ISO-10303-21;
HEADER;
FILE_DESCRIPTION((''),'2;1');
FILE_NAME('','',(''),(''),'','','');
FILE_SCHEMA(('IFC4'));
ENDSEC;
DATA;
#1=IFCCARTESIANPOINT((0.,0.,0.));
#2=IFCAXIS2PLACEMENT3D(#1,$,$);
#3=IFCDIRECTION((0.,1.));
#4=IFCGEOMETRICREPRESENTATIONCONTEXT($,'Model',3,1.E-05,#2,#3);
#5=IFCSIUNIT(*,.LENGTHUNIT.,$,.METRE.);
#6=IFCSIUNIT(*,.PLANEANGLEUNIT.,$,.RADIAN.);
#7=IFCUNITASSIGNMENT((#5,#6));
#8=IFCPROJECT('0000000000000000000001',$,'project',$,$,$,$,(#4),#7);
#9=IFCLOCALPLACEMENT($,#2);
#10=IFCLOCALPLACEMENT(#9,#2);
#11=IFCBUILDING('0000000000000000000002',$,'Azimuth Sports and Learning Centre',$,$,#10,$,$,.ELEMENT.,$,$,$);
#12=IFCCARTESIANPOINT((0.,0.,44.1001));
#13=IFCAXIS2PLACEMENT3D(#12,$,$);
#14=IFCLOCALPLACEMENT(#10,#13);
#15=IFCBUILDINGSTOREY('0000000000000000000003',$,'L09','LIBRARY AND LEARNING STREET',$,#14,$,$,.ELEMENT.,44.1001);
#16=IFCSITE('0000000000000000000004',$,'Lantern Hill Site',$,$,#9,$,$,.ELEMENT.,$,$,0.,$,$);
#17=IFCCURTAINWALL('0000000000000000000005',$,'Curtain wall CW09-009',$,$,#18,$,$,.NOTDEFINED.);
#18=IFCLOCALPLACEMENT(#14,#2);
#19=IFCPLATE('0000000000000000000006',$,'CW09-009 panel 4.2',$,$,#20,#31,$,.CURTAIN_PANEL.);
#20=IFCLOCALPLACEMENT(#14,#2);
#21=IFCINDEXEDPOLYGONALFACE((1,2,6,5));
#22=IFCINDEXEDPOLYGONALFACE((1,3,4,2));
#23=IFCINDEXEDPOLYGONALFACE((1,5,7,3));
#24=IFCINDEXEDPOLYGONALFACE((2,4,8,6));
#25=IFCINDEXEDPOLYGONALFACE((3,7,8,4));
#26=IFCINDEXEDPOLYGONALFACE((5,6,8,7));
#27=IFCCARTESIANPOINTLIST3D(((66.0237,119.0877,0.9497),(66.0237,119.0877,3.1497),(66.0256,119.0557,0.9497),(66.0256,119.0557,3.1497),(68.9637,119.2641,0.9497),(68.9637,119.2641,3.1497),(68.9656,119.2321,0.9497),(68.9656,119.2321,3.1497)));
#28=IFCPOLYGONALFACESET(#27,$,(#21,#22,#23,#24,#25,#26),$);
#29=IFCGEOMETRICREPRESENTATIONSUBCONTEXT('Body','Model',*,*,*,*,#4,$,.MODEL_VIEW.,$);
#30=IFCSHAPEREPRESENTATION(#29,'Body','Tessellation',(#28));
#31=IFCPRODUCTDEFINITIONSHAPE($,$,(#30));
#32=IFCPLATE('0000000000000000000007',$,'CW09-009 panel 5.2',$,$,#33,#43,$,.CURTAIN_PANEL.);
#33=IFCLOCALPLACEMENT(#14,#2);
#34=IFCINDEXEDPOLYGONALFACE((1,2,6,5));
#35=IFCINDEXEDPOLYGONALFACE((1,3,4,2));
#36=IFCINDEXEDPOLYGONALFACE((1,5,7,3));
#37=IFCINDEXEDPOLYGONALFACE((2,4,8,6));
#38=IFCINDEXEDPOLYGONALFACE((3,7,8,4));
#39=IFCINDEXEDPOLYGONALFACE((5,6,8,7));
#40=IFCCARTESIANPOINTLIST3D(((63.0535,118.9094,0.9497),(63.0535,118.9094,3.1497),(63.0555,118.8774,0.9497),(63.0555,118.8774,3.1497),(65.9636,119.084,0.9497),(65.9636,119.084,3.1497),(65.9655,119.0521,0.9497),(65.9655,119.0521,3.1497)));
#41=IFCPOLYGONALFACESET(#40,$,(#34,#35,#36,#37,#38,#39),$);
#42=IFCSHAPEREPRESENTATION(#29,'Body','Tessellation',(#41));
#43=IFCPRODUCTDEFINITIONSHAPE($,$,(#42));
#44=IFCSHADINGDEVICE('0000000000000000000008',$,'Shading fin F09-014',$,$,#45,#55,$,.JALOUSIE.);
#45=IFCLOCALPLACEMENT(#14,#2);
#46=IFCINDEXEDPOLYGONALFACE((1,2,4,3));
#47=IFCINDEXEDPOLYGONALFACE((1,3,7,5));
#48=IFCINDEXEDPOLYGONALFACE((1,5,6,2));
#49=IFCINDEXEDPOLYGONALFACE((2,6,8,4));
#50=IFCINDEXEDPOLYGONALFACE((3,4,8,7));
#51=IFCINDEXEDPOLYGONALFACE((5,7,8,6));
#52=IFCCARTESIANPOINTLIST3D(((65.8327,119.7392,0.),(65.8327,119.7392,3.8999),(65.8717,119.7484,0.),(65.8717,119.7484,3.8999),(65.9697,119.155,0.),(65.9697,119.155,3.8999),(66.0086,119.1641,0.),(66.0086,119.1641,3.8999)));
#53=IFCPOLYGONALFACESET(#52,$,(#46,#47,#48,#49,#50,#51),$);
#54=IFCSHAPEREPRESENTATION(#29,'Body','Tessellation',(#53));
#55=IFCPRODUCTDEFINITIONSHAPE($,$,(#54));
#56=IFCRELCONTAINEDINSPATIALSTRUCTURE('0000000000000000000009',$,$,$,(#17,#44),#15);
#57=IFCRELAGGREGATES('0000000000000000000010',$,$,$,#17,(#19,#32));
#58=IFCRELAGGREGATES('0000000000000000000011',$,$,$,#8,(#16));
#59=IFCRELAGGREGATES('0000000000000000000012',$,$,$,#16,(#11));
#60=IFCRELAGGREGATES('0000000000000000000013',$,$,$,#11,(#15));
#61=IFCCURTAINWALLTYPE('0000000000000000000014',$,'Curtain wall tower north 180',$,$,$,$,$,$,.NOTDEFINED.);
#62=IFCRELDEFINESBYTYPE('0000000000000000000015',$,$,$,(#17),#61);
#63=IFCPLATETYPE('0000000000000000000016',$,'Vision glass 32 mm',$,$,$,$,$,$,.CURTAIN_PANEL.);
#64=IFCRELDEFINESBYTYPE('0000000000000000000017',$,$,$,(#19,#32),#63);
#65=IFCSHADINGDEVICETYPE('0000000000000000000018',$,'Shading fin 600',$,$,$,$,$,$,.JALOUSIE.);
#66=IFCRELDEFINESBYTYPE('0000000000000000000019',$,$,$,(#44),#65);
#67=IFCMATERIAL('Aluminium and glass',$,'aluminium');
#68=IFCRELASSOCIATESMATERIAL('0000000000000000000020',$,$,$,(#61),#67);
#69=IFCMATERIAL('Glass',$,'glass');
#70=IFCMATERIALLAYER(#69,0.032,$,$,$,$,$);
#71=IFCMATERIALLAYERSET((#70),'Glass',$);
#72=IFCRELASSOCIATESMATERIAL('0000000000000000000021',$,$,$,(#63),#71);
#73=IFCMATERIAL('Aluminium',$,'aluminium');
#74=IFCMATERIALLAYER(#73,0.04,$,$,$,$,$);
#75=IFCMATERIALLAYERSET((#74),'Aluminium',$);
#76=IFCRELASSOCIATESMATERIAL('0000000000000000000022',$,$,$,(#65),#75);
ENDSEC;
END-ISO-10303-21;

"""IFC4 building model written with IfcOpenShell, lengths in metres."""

from ifc_helpers import new_model, si_unit, direction, frame, origin, origin_2d, place, context, subcontext, project, spatial, rectangle, extrude, material, layer, layer_set, type_object, element, aggregate, save


model = new_model("IFC4")

# Units and contexts
model_context = context("Model", 3, precision=1e-05, world=origin(), true_north=direction((0.0, 1.0)))
body_context = subcontext(model_context, "Body", "Model", "MODEL_VIEW")
ifc_project = project(units=[si_unit("LENGTHUNIT", "METRE"), si_unit("PLANEANGLEUNIT", "RADIAN")], contexts=[model_context])

# Site, building, storey
site_placement = place(None, origin())
site = spatial("IfcSite", under=ifc_project, at=site_placement, Name="Lantern Hill Site", CompositionType="ELEMENT", RefElevation=0.0)
building_placement = place(site_placement, origin())
building = spatial("IfcBuilding", under=site, at=building_placement, Name="Azimuth Sports and Learning Centre", CompositionType="ELEMENT")
storey_placement = place(building_placement, frame((0.0, 0.0, 44.1001)))
storey = spatial("IfcBuildingStorey", under=building, at=storey_placement, Name="L09", Description="LIBRARY AND LEARNING STREET", CompositionType="ELEMENT", Elevation=44.1001)

# Curtain wall, plates
ifc_material_1 = material(Name="Aluminium and glass", Category="aluminium")
curtain_wall_type = type_object("IfcCurtainWallType", Name="Curtain wall tower north 180", PredefinedType="NOTDEFINED", material=ifc_material_1)
curtain_wall_placement = place(storey_placement, origin())
curtain_wall = element("IfcCurtainWall", 1, at=curtain_wall_placement, inside=storey, type_object=curtain_wall_type, Name="Curtain wall CW09-009", PredefinedType="NOTDEFINED")
ifc_material_2 = material(Name="Glass", Category="glass")
ifc_layer_1 = layer(ifc_material_2, 0.032)
ifc_layer_set_1 = layer_set([ifc_layer_1], Name="Glass")
plate_type_1 = type_object("IfcPlateType", Name="Vision glass 32 mm", PredefinedType="CURTAIN_PANEL", material=ifc_layer_set_1)
plate_1_placement = place(storey_placement, frame((67.4946, 119.1599, 0.9497), z_axis=(0.0, 0.0, 1.0), x_axis=(-0.998205, -0.059892, 0.0)))
plate_1 = element("IfcPlate", 2, at=plate_1_placement, type_object=plate_type_1, Name="CW09-009 panel 4.2", PredefinedType="CURTAIN_PANEL", context=body_context, shape_type="SweptSolid", body=[
    extrude(rectangle(XDim=2.9453, YDim=0.032, at=origin_2d()), origin(), (0.0, 0.0, 1.0), 2.2),
])
plate_2_placement = place(storey_placement, frame((64.5095, 118.9807, 0.9497), z_axis=(0.0, 0.0, 1.0), x_axis=(-0.998205, -0.059892, 0.0)))
plate_2 = element("IfcPlate", 3, at=plate_2_placement, type_object=plate_type_1, Name="CW09-009 panel 5.2", PredefinedType="CURTAIN_PANEL", context=body_context, shape_type="SweptSolid", body=[
    extrude(rectangle(XDim=2.9153, YDim=0.032, at=origin_2d()), origin(), (0.0, 0.0, 1.0), 2.2),
])
aggregate(curtain_wall, [plate_1, plate_2])

# Shading device
ifc_material_3 = material(Name="Aluminium", Category="aluminium")
ifc_layer_2 = layer(ifc_material_3, 0.04)
ifc_layer_set_2 = layer_set([ifc_layer_2], Name="Aluminium")
shading_device_type = type_object("IfcShadingDeviceType", Name="Shading fin 600", PredefinedType="JALOUSIE", material=ifc_layer_set_2)
shading_device_placement = place(storey_placement, frame((65.9207, 119.4517, 0.0), z_axis=(0.0, 0.0, 1.0), x_axis=(-0.228271, 0.973598, 0.0)))
element("IfcShadingDevice", 4, at=shading_device_placement, inside=storey, type_object=shading_device_type, Name="Shading fin F09-014", PredefinedType="JALOUSIE", context=body_context, shape_type="SweptSolid", body=[
    extrude(rectangle(XDim=0.6001, YDim=0.04, at=origin_2d()), origin(), (0.0, 0.0, 1.0), 3.8999),
])

save(model, "model.ifc")
